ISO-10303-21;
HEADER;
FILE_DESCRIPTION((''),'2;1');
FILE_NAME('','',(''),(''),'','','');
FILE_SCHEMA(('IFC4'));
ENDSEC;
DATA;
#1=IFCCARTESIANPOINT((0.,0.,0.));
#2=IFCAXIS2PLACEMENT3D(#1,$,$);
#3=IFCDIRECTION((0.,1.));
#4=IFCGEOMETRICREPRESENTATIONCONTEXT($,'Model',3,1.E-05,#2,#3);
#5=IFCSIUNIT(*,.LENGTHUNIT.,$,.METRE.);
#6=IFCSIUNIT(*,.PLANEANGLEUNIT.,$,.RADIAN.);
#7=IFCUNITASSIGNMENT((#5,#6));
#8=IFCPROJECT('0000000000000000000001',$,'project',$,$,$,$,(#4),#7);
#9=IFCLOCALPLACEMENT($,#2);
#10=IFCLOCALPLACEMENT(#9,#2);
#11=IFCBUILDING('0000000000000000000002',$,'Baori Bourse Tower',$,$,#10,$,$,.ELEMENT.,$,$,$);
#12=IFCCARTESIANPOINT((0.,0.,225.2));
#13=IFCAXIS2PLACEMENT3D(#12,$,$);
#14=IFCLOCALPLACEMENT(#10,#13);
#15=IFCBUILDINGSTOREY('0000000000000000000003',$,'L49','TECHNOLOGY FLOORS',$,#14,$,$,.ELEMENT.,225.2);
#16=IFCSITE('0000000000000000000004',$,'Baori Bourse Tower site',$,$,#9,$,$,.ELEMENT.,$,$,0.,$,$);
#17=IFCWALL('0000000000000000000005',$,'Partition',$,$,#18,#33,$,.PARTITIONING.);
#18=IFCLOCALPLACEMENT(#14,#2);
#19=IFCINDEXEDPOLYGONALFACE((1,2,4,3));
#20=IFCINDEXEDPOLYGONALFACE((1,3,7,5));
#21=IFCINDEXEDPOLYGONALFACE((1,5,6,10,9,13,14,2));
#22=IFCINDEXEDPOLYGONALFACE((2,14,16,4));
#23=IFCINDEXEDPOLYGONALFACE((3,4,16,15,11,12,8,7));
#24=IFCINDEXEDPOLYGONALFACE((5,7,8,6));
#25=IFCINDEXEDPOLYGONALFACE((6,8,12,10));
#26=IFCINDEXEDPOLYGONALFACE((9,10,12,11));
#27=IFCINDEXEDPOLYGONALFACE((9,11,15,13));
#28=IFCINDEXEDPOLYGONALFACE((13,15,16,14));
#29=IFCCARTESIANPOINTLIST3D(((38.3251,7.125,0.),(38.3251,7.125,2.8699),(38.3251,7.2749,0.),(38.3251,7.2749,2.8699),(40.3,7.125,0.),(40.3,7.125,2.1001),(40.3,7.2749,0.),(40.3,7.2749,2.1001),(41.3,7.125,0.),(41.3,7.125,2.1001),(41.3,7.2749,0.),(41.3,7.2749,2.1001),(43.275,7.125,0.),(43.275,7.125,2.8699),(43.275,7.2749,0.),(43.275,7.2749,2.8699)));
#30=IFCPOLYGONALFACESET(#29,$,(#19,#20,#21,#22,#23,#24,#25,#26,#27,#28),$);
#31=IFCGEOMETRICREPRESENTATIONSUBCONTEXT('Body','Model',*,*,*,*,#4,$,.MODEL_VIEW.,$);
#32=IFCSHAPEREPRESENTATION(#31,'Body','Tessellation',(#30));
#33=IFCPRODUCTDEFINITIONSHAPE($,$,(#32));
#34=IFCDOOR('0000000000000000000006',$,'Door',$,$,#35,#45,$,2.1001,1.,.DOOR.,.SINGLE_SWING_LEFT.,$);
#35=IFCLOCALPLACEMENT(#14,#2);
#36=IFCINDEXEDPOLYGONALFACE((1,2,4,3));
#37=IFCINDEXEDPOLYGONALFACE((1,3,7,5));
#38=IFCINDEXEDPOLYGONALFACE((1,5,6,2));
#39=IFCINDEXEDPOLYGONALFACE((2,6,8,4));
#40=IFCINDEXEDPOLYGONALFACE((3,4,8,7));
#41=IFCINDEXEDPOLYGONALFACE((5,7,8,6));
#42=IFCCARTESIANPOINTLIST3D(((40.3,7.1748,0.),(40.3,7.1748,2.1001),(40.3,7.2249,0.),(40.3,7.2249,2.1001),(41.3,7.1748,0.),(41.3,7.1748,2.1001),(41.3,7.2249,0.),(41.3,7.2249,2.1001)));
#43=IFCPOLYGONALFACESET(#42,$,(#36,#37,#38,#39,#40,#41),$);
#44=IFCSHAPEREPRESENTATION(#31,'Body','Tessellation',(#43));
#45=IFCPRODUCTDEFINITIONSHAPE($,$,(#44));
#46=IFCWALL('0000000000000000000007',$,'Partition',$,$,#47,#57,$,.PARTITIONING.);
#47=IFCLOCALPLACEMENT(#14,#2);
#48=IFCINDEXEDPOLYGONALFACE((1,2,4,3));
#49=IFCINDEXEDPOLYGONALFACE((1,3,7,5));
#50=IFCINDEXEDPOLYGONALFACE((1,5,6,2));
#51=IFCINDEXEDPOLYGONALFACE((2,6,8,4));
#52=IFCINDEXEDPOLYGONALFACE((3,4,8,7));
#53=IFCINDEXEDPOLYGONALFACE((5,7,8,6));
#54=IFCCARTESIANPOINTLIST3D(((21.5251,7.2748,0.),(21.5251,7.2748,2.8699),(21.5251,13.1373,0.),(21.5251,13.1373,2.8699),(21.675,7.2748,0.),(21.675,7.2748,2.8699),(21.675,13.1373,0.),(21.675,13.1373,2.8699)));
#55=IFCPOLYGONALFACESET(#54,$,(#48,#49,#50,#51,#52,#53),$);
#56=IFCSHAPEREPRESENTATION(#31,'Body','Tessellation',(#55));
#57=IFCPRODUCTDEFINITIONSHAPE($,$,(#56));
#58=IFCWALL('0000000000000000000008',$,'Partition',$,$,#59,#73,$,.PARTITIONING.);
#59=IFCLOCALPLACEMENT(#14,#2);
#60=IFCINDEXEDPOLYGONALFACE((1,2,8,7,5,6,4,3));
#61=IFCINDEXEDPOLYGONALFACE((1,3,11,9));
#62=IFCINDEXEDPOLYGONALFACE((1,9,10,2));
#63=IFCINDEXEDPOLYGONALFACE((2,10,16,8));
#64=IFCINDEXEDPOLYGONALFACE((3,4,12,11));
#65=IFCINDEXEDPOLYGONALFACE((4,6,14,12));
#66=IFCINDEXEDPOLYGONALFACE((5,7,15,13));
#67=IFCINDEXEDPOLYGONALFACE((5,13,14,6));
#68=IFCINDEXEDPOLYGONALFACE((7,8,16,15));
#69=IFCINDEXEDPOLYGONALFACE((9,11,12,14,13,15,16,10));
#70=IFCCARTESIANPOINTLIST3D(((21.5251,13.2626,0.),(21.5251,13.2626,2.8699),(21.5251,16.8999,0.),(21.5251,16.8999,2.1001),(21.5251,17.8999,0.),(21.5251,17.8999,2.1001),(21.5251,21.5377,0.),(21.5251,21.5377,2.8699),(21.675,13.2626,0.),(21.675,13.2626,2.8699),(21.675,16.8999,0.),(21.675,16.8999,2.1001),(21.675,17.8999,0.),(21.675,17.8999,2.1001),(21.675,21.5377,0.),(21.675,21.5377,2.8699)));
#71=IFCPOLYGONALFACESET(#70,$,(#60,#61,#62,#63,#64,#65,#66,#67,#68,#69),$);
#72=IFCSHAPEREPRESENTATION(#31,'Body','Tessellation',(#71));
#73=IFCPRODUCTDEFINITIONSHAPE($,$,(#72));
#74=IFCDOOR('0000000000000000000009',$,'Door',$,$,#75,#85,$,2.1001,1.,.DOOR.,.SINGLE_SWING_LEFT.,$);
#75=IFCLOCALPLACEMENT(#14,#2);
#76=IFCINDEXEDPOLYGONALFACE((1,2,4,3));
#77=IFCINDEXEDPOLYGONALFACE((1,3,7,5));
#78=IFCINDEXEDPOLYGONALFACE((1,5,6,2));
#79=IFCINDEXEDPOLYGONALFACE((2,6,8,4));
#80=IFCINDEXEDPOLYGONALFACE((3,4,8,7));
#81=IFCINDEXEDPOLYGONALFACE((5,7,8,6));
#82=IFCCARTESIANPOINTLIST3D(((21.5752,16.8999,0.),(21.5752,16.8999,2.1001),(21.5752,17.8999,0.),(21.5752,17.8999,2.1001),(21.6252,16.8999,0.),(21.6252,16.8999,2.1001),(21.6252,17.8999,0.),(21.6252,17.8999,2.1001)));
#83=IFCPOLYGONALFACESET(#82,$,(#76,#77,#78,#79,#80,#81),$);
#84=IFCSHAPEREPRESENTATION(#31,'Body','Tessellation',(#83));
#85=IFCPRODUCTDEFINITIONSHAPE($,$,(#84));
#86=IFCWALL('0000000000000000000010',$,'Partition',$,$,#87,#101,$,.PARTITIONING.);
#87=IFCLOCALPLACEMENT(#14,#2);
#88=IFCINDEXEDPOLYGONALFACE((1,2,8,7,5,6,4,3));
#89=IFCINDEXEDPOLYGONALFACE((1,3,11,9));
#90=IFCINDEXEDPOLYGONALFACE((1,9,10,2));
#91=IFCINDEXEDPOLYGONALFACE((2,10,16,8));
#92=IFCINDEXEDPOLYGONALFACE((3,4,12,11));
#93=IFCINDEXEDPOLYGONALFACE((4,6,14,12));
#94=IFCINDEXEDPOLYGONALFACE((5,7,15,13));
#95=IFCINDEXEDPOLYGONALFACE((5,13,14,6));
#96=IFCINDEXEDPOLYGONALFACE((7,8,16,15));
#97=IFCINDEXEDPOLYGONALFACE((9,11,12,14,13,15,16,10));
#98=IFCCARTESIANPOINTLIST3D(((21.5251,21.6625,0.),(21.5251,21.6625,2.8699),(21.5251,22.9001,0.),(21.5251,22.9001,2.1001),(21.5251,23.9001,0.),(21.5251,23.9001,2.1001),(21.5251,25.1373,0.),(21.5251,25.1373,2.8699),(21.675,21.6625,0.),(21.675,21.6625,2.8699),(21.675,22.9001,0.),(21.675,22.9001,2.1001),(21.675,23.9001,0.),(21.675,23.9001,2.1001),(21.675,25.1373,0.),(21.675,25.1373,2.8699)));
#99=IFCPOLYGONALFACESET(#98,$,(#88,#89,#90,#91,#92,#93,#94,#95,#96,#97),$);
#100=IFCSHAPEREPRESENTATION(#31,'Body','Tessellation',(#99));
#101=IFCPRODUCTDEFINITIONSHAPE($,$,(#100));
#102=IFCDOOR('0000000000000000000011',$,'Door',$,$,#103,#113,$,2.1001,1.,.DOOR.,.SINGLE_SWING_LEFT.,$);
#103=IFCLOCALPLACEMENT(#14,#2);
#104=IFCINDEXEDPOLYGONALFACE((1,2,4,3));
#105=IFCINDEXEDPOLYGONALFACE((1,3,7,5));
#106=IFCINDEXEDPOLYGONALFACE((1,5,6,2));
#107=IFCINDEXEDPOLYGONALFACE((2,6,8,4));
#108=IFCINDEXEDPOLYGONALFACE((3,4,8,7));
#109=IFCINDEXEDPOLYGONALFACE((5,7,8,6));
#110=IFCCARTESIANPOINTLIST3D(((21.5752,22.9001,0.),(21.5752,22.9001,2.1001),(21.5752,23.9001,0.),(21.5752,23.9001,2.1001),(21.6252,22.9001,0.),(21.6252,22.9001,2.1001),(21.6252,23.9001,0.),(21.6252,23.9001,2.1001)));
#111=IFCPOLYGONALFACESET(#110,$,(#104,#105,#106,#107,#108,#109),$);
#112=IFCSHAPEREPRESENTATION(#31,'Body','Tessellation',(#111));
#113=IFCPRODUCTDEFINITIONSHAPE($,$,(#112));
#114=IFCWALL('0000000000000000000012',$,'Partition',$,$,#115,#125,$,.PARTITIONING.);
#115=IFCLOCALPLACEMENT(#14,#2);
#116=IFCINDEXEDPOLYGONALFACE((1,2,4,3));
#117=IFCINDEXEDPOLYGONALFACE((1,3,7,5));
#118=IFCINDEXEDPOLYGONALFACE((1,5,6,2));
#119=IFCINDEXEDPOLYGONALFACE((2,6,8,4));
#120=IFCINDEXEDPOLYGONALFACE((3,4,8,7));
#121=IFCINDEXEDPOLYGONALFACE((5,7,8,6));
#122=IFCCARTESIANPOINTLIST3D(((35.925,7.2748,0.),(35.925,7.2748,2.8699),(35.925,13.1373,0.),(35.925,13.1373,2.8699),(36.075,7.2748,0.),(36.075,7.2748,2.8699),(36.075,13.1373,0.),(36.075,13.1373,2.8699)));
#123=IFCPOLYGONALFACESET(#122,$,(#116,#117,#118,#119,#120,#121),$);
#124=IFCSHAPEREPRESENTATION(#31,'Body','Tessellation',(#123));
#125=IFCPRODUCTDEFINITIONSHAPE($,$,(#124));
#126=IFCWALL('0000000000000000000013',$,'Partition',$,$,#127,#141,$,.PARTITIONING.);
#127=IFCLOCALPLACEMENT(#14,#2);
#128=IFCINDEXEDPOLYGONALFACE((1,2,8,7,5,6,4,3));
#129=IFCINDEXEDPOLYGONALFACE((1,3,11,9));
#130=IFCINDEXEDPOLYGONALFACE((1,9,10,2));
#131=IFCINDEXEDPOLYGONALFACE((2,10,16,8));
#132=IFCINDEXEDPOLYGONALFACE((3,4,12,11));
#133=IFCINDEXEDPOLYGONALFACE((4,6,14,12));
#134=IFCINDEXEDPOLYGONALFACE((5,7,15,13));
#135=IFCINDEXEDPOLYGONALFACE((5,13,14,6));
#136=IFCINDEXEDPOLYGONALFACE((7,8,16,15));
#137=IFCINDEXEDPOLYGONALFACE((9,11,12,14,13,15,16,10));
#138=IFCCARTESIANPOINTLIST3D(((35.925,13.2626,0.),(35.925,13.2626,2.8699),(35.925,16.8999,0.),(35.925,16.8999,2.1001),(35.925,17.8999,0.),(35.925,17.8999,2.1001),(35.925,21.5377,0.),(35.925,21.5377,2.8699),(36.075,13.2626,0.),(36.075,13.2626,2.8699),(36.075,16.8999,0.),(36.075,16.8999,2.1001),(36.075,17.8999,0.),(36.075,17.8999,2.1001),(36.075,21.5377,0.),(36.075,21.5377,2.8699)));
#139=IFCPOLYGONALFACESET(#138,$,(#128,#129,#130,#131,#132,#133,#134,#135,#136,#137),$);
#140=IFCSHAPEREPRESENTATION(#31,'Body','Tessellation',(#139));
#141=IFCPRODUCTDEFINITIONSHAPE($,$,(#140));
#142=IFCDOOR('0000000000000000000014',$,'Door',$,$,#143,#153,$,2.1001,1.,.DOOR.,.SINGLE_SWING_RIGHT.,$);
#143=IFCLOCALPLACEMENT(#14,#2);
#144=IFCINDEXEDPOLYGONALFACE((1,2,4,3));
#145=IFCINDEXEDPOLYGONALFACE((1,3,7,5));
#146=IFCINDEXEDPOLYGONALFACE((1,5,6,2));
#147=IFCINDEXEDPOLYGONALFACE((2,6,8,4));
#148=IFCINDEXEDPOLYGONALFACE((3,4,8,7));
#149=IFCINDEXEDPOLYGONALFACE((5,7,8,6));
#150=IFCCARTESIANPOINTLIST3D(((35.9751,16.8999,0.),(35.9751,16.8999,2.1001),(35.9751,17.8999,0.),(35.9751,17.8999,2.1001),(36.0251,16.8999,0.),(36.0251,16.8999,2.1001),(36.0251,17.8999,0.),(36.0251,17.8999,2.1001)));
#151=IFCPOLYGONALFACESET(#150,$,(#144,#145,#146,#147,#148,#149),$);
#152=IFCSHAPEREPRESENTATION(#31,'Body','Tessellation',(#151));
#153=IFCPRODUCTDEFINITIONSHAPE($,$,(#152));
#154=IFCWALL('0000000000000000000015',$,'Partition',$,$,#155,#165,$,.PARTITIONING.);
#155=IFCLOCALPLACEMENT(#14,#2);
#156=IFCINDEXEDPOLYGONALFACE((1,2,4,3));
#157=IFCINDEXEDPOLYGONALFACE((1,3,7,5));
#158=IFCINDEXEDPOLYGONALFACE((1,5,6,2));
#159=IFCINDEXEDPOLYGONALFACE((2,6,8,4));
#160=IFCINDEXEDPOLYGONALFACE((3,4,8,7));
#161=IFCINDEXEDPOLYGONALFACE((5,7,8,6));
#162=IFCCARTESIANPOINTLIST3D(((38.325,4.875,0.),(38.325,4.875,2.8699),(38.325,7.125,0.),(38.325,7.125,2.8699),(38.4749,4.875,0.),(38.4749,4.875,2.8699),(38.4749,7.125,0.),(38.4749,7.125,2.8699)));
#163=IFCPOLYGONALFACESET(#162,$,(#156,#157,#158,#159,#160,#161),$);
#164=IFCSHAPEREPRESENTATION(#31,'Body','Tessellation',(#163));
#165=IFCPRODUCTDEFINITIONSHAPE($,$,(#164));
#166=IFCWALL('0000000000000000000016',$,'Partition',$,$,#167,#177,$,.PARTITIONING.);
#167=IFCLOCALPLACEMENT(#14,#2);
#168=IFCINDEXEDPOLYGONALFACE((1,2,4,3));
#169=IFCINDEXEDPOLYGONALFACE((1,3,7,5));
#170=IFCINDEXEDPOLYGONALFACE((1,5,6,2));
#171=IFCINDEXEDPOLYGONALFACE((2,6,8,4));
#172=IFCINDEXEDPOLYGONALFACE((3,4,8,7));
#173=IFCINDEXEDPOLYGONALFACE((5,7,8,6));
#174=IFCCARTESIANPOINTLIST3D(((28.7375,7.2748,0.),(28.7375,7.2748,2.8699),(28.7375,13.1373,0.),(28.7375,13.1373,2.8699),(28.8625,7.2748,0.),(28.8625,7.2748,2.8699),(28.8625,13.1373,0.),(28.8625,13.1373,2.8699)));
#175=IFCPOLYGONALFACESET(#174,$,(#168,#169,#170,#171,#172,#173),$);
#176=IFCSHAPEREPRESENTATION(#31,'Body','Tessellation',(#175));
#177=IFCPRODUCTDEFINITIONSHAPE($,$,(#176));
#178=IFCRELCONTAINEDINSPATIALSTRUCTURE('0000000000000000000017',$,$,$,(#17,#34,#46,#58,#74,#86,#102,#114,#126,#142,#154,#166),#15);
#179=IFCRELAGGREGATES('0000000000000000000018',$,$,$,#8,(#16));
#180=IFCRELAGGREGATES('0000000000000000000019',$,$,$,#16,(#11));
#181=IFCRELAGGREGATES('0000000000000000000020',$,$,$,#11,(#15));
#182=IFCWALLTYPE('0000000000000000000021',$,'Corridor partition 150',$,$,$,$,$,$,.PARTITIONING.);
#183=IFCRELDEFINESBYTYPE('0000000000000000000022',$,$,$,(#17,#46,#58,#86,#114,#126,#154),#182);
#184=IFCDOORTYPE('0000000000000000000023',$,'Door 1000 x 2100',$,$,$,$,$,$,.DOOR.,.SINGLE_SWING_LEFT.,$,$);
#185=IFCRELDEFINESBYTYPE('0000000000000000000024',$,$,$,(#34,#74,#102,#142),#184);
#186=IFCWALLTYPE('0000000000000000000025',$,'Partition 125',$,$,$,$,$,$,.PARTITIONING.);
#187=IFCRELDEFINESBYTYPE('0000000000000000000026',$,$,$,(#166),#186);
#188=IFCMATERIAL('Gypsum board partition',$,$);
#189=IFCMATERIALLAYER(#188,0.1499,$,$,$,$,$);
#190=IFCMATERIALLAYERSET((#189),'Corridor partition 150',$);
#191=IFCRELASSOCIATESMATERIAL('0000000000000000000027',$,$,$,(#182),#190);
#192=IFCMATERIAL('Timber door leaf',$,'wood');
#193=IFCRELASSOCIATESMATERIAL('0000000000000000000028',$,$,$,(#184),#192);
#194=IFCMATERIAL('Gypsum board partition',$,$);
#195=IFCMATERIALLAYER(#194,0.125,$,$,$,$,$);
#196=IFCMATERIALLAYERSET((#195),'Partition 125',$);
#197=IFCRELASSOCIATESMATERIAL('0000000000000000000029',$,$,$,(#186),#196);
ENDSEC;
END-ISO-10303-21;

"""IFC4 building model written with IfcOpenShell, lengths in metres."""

from ifc_helpers import new_model, si_unit, direction, frame, frame_2d, origin, place, context, subcontext, project, spatial, rectangle, extrude, material, layer, layer_set, type_object, element, fill, save


model = new_model("IFC4")

# Units and contexts
model_context = context("Model", 3, precision=1e-05, world=origin(), true_north=direction((0.0, 1.0)))
body_context = subcontext(model_context, "Body", "Model", "MODEL_VIEW")
ifc_project = project(units=[si_unit("LENGTHUNIT", "METRE"), si_unit("PLANEANGLEUNIT", "RADIAN")], contexts=[model_context])

# Site, building, storey
site_placement = place(None, origin())
site = spatial("IfcSite", under=ifc_project, at=site_placement, Name="Baori Bourse Tower site", CompositionType="ELEMENT", RefElevation=0.0)
building_placement = place(site_placement, origin())
building = spatial("IfcBuilding", under=site, at=building_placement, Name="Baori Bourse Tower", CompositionType="ELEMENT")
storey_placement = place(building_placement, frame((0.0, 0.0, 225.2)))
storey = spatial("IfcBuildingStorey", under=building, at=storey_placement, Name="L49", Description="TECHNOLOGY FLOORS", CompositionType="ELEMENT", Elevation=225.2)

# Wall, opening, door
ifc_material_1 = material(Name="Gypsum board partition")
ifc_layer_1 = layer(ifc_material_1, 0.1499)
ifc_layer_set_1 = layer_set([ifc_layer_1], Name="Corridor partition 150")
wall_type_1 = type_object("IfcWallType", Name="Corridor partition 150", PredefinedType="PARTITIONING", material=ifc_layer_set_1)
wall_1_placement = place(storey_placement, frame((38.325, 7.2, 0.0), z_axis=(0.0, 0.0, 1.0), x_axis=(1.0, 0.0, 0.0)))
wall_1 = element("IfcWall", 1, at=wall_1_placement, inside=storey, type_object=wall_type_1, Name="Partition", PredefinedType="PARTITIONING", context=body_context, shape_type="SweptSolid", body=[
    extrude(rectangle(XDim=4.95, YDim=0.1499, at=frame_2d((2.4751, 0.0))), origin(), (0.0, 0.0, 1.0), 2.8699),
])
opening_1_placement = place(wall_1_placement, frame((1.9751, 0.0, 0.0)))
opening_1 = element("IfcOpeningElement", 2, at=opening_1_placement, cuts=wall_1, PredefinedType="OPENING", context=body_context, shape_type="SweptSolid", body=[
    extrude(rectangle(XDim=1.0, YDim=2.1001, at=frame_2d((0.5, 1.05))), frame((0.0, 0.085, 0.0), z_axis=(0.0, -1.0, 0.0), x_axis=(1.0, 0.0, 0.0)), (0.0, 0.0, 1.0), 0.1699),
])
ifc_material_2 = material(Name="Timber door leaf", Category="wood")
door_type_1 = type_object("IfcDoorType", Name="Door 1000 x 2100", OperationType="SINGLE_SWING_LEFT", PredefinedType="DOOR", material=ifc_material_2)
door_1_placement = place(opening_1_placement, origin())
door_1 = element("IfcDoor", 3, at=door_1_placement, inside=storey, type_object=door_type_1, Name="Door", OperationType="SINGLE_SWING_LEFT", OverallHeight=2.1001, OverallWidth=1.0, PredefinedType="DOOR", context=body_context, shape_type="SweptSolid", body=[
    extrude(rectangle(XDim=1.0, YDim=2.1001, at=frame_2d((0.5, 1.05))), frame((0.0, 0.0249, 0.0), z_axis=(0.0, -1.0, 0.0), x_axis=(1.0, 0.0, 0.0)), (0.0, 0.0, 1.0), 0.05),
])
fill(opening_1, door_1)

# Wall
wall_2_placement = place(storey_placement, frame((21.6001, 7.2749, 0.0), z_axis=(0.0, 0.0, 1.0), x_axis=(0.0, 1.0, 0.0)))
element("IfcWall", 4, at=wall_2_placement, inside=storey, type_object=wall_type_1, Name="Partition", PredefinedType="PARTITIONING", context=body_context, shape_type="SweptSolid", body=[
    extrude(rectangle(XDim=5.8625, YDim=0.1499, at=frame_2d((2.9312, 0.0))), origin(), (0.0, 0.0, 1.0), 2.8699),
])

# Walls, openings, doors
wall_3_placement = place(storey_placement, frame((21.6001, 13.2625, 0.0), z_axis=(0.0, 0.0, 1.0), x_axis=(0.0, 1.0, 0.0)))
wall_3 = element("IfcWall", 5, at=wall_3_placement, inside=storey, type_object=wall_type_1, Name="Partition", PredefinedType="PARTITIONING", context=body_context, shape_type="SweptSolid", body=[
    extrude(rectangle(XDim=8.2751, YDim=0.1499, at=frame_2d((4.1377, 0.0))), origin(), (0.0, 0.0, 1.0), 2.8699),
])
opening_2_placement = place(wall_3_placement, frame((3.6375, 0.0, 0.0)))
opening_2 = element("IfcOpeningElement", 6, at=opening_2_placement, cuts=wall_3, PredefinedType="OPENING", context=body_context, shape_type="SweptSolid", body=[
    extrude(rectangle(XDim=1.0, YDim=2.1001, at=frame_2d((0.5, 1.05))), frame((0.0, 0.085, 0.0), z_axis=(0.0, -1.0, 0.0), x_axis=(1.0, 0.0, 0.0)), (0.0, 0.0, 1.0), 0.1699),
])
door_2_placement = place(opening_2_placement, origin())
door_2 = element("IfcDoor", 7, at=door_2_placement, inside=storey, type_object=door_type_1, Name="Door", OperationType="SINGLE_SWING_LEFT", OverallHeight=2.1001, OverallWidth=1.0, PredefinedType="DOOR", context=body_context, shape_type="SweptSolid", body=[
    extrude(rectangle(XDim=1.0, YDim=2.1001, at=frame_2d((0.5, 1.05))), frame((0.0, 0.0249, 0.0), z_axis=(0.0, -1.0, 0.0), x_axis=(1.0, 0.0, 0.0)), (0.0, 0.0, 1.0), 0.05),
])
fill(opening_2, door_2)
wall_4_placement = place(storey_placement, frame((21.6001, 21.6626, 0.0), z_axis=(0.0, 0.0, 1.0), x_axis=(0.0, 1.0, 0.0)))
wall_4 = element("IfcWall", 8, at=wall_4_placement, inside=storey, type_object=wall_type_1, Name="Partition", PredefinedType="PARTITIONING", context=body_context, shape_type="SweptSolid", body=[
    extrude(rectangle(XDim=3.4749, YDim=0.1499, at=frame_2d((1.7373, 0.0))), origin(), (0.0, 0.0, 1.0), 2.8699),
])
opening_3_placement = place(wall_4_placement, frame((1.2375, 0.0, 0.0)))
opening_3 = element("IfcOpeningElement", 9, at=opening_3_placement, cuts=wall_4, PredefinedType="OPENING", context=body_context, shape_type="SweptSolid", body=[
    extrude(rectangle(XDim=1.0, YDim=2.1001, at=frame_2d((0.5, 1.05))), frame((0.0, 0.085, 0.0), z_axis=(0.0, -1.0, 0.0), x_axis=(1.0, 0.0, 0.0)), (0.0, 0.0, 1.0), 0.1699),
])
door_3_placement = place(opening_3_placement, origin())
door_3 = element("IfcDoor", 10, at=door_3_placement, inside=storey, type_object=door_type_1, Name="Door", OperationType="SINGLE_SWING_LEFT", OverallHeight=2.1001, OverallWidth=1.0, PredefinedType="DOOR", context=body_context, shape_type="SweptSolid", body=[
    extrude(rectangle(XDim=1.0, YDim=2.1001, at=frame_2d((0.5, 1.05))), frame((0.0, 0.0249, 0.0), z_axis=(0.0, -1.0, 0.0), x_axis=(1.0, 0.0, 0.0)), (0.0, 0.0, 1.0), 0.05),
])
fill(opening_3, door_3)

# Wall
wall_5_placement = place(storey_placement, frame((36.0, 7.2749, 0.0), z_axis=(0.0, 0.0, 1.0), x_axis=(0.0, 1.0, 0.0)))
element("IfcWall", 11, at=wall_5_placement, inside=storey, type_object=wall_type_1, Name="Partition", PredefinedType="PARTITIONING", context=body_context, shape_type="SweptSolid", body=[
    extrude(rectangle(XDim=5.8625, YDim=0.1499, at=frame_2d((2.9312, 0.0))), origin(), (0.0, 0.0, 1.0), 2.8699),
])

# Wall, opening, door
wall_6_placement = place(storey_placement, frame((36.0, 13.2625, 0.0), z_axis=(0.0, 0.0, 1.0), x_axis=(0.0, 1.0, 0.0)))
wall_6 = element("IfcWall", 12, at=wall_6_placement, inside=storey, type_object=wall_type_1, Name="Partition", PredefinedType="PARTITIONING", context=body_context, shape_type="SweptSolid", body=[
    extrude(rectangle(XDim=8.2751, YDim=0.1499, at=frame_2d((4.1377, 0.0))), origin(), (0.0, 0.0, 1.0), 2.8699),
])
opening_4_placement = place(wall_6_placement, frame((3.6375, 0.0, 0.0)))
opening_4 = element("IfcOpeningElement", 13, at=opening_4_placement, cuts=wall_6, PredefinedType="OPENING", context=body_context, shape_type="SweptSolid", body=[
    extrude(rectangle(XDim=1.0, YDim=2.1001, at=frame_2d((0.5, 1.05))), frame((0.0, 0.085, 0.0), z_axis=(0.0, -1.0, 0.0), x_axis=(1.0, 0.0, 0.0)), (0.0, 0.0, 1.0), 0.1699),
])
door_4_placement = place(opening_4_placement, origin())
door_4 = element("IfcDoor", 14, at=door_4_placement, inside=storey, type_object=door_type_1, Name="Door", OperationType="SINGLE_SWING_RIGHT", OverallHeight=2.1001, OverallWidth=1.0, PredefinedType="DOOR", context=body_context, shape_type="SweptSolid", body=[
    extrude(rectangle(XDim=1.0, YDim=2.1001, at=frame_2d((0.5, 1.05))), frame((0.0, 0.0249, 0.0), z_axis=(0.0, -1.0, 0.0), x_axis=(1.0, 0.0, 0.0)), (0.0, 0.0, 1.0), 0.05),
])
fill(opening_4, door_4)

# Walls
wall_7_placement = place(storey_placement, frame((38.3999, 4.875, 0.0), z_axis=(0.0, 0.0, 1.0), x_axis=(0.0, 1.0, 0.0)))
element("IfcWall", 15, at=wall_7_placement, inside=storey, type_object=wall_type_1, Name="Partition", PredefinedType="PARTITIONING", context=body_context, shape_type="SweptSolid", body=[
    extrude(rectangle(XDim=2.25, YDim=0.1499, at=frame_2d((1.125, 0.0))), origin(), (0.0, 0.0, 1.0), 2.8699),
])
ifc_material_3 = material(Name="Gypsum board partition")
ifc_layer_2 = layer(ifc_material_3, 0.125)
ifc_layer_set_2 = layer_set([ifc_layer_2], Name="Partition 125")
wall_type_2 = type_object("IfcWallType", Name="Partition 125", PredefinedType="PARTITIONING", material=ifc_layer_set_2)
wall_8_placement = place(storey_placement, frame((28.8, 7.2749, 0.0), z_axis=(0.0, 0.0, 1.0), x_axis=(0.0, 1.0, 0.0)))
element("IfcWall", 16, at=wall_8_placement, inside=storey, type_object=wall_type_2, Name="Partition", PredefinedType="PARTITIONING", context=body_context, shape_type="SweptSolid", body=[
    extrude(rectangle(XDim=5.8625, YDim=0.125, at=frame_2d((2.9312, 0.0))), origin(), (0.0, 0.0, 1.0), 2.8699),
])

save(model, "model.ifc")
